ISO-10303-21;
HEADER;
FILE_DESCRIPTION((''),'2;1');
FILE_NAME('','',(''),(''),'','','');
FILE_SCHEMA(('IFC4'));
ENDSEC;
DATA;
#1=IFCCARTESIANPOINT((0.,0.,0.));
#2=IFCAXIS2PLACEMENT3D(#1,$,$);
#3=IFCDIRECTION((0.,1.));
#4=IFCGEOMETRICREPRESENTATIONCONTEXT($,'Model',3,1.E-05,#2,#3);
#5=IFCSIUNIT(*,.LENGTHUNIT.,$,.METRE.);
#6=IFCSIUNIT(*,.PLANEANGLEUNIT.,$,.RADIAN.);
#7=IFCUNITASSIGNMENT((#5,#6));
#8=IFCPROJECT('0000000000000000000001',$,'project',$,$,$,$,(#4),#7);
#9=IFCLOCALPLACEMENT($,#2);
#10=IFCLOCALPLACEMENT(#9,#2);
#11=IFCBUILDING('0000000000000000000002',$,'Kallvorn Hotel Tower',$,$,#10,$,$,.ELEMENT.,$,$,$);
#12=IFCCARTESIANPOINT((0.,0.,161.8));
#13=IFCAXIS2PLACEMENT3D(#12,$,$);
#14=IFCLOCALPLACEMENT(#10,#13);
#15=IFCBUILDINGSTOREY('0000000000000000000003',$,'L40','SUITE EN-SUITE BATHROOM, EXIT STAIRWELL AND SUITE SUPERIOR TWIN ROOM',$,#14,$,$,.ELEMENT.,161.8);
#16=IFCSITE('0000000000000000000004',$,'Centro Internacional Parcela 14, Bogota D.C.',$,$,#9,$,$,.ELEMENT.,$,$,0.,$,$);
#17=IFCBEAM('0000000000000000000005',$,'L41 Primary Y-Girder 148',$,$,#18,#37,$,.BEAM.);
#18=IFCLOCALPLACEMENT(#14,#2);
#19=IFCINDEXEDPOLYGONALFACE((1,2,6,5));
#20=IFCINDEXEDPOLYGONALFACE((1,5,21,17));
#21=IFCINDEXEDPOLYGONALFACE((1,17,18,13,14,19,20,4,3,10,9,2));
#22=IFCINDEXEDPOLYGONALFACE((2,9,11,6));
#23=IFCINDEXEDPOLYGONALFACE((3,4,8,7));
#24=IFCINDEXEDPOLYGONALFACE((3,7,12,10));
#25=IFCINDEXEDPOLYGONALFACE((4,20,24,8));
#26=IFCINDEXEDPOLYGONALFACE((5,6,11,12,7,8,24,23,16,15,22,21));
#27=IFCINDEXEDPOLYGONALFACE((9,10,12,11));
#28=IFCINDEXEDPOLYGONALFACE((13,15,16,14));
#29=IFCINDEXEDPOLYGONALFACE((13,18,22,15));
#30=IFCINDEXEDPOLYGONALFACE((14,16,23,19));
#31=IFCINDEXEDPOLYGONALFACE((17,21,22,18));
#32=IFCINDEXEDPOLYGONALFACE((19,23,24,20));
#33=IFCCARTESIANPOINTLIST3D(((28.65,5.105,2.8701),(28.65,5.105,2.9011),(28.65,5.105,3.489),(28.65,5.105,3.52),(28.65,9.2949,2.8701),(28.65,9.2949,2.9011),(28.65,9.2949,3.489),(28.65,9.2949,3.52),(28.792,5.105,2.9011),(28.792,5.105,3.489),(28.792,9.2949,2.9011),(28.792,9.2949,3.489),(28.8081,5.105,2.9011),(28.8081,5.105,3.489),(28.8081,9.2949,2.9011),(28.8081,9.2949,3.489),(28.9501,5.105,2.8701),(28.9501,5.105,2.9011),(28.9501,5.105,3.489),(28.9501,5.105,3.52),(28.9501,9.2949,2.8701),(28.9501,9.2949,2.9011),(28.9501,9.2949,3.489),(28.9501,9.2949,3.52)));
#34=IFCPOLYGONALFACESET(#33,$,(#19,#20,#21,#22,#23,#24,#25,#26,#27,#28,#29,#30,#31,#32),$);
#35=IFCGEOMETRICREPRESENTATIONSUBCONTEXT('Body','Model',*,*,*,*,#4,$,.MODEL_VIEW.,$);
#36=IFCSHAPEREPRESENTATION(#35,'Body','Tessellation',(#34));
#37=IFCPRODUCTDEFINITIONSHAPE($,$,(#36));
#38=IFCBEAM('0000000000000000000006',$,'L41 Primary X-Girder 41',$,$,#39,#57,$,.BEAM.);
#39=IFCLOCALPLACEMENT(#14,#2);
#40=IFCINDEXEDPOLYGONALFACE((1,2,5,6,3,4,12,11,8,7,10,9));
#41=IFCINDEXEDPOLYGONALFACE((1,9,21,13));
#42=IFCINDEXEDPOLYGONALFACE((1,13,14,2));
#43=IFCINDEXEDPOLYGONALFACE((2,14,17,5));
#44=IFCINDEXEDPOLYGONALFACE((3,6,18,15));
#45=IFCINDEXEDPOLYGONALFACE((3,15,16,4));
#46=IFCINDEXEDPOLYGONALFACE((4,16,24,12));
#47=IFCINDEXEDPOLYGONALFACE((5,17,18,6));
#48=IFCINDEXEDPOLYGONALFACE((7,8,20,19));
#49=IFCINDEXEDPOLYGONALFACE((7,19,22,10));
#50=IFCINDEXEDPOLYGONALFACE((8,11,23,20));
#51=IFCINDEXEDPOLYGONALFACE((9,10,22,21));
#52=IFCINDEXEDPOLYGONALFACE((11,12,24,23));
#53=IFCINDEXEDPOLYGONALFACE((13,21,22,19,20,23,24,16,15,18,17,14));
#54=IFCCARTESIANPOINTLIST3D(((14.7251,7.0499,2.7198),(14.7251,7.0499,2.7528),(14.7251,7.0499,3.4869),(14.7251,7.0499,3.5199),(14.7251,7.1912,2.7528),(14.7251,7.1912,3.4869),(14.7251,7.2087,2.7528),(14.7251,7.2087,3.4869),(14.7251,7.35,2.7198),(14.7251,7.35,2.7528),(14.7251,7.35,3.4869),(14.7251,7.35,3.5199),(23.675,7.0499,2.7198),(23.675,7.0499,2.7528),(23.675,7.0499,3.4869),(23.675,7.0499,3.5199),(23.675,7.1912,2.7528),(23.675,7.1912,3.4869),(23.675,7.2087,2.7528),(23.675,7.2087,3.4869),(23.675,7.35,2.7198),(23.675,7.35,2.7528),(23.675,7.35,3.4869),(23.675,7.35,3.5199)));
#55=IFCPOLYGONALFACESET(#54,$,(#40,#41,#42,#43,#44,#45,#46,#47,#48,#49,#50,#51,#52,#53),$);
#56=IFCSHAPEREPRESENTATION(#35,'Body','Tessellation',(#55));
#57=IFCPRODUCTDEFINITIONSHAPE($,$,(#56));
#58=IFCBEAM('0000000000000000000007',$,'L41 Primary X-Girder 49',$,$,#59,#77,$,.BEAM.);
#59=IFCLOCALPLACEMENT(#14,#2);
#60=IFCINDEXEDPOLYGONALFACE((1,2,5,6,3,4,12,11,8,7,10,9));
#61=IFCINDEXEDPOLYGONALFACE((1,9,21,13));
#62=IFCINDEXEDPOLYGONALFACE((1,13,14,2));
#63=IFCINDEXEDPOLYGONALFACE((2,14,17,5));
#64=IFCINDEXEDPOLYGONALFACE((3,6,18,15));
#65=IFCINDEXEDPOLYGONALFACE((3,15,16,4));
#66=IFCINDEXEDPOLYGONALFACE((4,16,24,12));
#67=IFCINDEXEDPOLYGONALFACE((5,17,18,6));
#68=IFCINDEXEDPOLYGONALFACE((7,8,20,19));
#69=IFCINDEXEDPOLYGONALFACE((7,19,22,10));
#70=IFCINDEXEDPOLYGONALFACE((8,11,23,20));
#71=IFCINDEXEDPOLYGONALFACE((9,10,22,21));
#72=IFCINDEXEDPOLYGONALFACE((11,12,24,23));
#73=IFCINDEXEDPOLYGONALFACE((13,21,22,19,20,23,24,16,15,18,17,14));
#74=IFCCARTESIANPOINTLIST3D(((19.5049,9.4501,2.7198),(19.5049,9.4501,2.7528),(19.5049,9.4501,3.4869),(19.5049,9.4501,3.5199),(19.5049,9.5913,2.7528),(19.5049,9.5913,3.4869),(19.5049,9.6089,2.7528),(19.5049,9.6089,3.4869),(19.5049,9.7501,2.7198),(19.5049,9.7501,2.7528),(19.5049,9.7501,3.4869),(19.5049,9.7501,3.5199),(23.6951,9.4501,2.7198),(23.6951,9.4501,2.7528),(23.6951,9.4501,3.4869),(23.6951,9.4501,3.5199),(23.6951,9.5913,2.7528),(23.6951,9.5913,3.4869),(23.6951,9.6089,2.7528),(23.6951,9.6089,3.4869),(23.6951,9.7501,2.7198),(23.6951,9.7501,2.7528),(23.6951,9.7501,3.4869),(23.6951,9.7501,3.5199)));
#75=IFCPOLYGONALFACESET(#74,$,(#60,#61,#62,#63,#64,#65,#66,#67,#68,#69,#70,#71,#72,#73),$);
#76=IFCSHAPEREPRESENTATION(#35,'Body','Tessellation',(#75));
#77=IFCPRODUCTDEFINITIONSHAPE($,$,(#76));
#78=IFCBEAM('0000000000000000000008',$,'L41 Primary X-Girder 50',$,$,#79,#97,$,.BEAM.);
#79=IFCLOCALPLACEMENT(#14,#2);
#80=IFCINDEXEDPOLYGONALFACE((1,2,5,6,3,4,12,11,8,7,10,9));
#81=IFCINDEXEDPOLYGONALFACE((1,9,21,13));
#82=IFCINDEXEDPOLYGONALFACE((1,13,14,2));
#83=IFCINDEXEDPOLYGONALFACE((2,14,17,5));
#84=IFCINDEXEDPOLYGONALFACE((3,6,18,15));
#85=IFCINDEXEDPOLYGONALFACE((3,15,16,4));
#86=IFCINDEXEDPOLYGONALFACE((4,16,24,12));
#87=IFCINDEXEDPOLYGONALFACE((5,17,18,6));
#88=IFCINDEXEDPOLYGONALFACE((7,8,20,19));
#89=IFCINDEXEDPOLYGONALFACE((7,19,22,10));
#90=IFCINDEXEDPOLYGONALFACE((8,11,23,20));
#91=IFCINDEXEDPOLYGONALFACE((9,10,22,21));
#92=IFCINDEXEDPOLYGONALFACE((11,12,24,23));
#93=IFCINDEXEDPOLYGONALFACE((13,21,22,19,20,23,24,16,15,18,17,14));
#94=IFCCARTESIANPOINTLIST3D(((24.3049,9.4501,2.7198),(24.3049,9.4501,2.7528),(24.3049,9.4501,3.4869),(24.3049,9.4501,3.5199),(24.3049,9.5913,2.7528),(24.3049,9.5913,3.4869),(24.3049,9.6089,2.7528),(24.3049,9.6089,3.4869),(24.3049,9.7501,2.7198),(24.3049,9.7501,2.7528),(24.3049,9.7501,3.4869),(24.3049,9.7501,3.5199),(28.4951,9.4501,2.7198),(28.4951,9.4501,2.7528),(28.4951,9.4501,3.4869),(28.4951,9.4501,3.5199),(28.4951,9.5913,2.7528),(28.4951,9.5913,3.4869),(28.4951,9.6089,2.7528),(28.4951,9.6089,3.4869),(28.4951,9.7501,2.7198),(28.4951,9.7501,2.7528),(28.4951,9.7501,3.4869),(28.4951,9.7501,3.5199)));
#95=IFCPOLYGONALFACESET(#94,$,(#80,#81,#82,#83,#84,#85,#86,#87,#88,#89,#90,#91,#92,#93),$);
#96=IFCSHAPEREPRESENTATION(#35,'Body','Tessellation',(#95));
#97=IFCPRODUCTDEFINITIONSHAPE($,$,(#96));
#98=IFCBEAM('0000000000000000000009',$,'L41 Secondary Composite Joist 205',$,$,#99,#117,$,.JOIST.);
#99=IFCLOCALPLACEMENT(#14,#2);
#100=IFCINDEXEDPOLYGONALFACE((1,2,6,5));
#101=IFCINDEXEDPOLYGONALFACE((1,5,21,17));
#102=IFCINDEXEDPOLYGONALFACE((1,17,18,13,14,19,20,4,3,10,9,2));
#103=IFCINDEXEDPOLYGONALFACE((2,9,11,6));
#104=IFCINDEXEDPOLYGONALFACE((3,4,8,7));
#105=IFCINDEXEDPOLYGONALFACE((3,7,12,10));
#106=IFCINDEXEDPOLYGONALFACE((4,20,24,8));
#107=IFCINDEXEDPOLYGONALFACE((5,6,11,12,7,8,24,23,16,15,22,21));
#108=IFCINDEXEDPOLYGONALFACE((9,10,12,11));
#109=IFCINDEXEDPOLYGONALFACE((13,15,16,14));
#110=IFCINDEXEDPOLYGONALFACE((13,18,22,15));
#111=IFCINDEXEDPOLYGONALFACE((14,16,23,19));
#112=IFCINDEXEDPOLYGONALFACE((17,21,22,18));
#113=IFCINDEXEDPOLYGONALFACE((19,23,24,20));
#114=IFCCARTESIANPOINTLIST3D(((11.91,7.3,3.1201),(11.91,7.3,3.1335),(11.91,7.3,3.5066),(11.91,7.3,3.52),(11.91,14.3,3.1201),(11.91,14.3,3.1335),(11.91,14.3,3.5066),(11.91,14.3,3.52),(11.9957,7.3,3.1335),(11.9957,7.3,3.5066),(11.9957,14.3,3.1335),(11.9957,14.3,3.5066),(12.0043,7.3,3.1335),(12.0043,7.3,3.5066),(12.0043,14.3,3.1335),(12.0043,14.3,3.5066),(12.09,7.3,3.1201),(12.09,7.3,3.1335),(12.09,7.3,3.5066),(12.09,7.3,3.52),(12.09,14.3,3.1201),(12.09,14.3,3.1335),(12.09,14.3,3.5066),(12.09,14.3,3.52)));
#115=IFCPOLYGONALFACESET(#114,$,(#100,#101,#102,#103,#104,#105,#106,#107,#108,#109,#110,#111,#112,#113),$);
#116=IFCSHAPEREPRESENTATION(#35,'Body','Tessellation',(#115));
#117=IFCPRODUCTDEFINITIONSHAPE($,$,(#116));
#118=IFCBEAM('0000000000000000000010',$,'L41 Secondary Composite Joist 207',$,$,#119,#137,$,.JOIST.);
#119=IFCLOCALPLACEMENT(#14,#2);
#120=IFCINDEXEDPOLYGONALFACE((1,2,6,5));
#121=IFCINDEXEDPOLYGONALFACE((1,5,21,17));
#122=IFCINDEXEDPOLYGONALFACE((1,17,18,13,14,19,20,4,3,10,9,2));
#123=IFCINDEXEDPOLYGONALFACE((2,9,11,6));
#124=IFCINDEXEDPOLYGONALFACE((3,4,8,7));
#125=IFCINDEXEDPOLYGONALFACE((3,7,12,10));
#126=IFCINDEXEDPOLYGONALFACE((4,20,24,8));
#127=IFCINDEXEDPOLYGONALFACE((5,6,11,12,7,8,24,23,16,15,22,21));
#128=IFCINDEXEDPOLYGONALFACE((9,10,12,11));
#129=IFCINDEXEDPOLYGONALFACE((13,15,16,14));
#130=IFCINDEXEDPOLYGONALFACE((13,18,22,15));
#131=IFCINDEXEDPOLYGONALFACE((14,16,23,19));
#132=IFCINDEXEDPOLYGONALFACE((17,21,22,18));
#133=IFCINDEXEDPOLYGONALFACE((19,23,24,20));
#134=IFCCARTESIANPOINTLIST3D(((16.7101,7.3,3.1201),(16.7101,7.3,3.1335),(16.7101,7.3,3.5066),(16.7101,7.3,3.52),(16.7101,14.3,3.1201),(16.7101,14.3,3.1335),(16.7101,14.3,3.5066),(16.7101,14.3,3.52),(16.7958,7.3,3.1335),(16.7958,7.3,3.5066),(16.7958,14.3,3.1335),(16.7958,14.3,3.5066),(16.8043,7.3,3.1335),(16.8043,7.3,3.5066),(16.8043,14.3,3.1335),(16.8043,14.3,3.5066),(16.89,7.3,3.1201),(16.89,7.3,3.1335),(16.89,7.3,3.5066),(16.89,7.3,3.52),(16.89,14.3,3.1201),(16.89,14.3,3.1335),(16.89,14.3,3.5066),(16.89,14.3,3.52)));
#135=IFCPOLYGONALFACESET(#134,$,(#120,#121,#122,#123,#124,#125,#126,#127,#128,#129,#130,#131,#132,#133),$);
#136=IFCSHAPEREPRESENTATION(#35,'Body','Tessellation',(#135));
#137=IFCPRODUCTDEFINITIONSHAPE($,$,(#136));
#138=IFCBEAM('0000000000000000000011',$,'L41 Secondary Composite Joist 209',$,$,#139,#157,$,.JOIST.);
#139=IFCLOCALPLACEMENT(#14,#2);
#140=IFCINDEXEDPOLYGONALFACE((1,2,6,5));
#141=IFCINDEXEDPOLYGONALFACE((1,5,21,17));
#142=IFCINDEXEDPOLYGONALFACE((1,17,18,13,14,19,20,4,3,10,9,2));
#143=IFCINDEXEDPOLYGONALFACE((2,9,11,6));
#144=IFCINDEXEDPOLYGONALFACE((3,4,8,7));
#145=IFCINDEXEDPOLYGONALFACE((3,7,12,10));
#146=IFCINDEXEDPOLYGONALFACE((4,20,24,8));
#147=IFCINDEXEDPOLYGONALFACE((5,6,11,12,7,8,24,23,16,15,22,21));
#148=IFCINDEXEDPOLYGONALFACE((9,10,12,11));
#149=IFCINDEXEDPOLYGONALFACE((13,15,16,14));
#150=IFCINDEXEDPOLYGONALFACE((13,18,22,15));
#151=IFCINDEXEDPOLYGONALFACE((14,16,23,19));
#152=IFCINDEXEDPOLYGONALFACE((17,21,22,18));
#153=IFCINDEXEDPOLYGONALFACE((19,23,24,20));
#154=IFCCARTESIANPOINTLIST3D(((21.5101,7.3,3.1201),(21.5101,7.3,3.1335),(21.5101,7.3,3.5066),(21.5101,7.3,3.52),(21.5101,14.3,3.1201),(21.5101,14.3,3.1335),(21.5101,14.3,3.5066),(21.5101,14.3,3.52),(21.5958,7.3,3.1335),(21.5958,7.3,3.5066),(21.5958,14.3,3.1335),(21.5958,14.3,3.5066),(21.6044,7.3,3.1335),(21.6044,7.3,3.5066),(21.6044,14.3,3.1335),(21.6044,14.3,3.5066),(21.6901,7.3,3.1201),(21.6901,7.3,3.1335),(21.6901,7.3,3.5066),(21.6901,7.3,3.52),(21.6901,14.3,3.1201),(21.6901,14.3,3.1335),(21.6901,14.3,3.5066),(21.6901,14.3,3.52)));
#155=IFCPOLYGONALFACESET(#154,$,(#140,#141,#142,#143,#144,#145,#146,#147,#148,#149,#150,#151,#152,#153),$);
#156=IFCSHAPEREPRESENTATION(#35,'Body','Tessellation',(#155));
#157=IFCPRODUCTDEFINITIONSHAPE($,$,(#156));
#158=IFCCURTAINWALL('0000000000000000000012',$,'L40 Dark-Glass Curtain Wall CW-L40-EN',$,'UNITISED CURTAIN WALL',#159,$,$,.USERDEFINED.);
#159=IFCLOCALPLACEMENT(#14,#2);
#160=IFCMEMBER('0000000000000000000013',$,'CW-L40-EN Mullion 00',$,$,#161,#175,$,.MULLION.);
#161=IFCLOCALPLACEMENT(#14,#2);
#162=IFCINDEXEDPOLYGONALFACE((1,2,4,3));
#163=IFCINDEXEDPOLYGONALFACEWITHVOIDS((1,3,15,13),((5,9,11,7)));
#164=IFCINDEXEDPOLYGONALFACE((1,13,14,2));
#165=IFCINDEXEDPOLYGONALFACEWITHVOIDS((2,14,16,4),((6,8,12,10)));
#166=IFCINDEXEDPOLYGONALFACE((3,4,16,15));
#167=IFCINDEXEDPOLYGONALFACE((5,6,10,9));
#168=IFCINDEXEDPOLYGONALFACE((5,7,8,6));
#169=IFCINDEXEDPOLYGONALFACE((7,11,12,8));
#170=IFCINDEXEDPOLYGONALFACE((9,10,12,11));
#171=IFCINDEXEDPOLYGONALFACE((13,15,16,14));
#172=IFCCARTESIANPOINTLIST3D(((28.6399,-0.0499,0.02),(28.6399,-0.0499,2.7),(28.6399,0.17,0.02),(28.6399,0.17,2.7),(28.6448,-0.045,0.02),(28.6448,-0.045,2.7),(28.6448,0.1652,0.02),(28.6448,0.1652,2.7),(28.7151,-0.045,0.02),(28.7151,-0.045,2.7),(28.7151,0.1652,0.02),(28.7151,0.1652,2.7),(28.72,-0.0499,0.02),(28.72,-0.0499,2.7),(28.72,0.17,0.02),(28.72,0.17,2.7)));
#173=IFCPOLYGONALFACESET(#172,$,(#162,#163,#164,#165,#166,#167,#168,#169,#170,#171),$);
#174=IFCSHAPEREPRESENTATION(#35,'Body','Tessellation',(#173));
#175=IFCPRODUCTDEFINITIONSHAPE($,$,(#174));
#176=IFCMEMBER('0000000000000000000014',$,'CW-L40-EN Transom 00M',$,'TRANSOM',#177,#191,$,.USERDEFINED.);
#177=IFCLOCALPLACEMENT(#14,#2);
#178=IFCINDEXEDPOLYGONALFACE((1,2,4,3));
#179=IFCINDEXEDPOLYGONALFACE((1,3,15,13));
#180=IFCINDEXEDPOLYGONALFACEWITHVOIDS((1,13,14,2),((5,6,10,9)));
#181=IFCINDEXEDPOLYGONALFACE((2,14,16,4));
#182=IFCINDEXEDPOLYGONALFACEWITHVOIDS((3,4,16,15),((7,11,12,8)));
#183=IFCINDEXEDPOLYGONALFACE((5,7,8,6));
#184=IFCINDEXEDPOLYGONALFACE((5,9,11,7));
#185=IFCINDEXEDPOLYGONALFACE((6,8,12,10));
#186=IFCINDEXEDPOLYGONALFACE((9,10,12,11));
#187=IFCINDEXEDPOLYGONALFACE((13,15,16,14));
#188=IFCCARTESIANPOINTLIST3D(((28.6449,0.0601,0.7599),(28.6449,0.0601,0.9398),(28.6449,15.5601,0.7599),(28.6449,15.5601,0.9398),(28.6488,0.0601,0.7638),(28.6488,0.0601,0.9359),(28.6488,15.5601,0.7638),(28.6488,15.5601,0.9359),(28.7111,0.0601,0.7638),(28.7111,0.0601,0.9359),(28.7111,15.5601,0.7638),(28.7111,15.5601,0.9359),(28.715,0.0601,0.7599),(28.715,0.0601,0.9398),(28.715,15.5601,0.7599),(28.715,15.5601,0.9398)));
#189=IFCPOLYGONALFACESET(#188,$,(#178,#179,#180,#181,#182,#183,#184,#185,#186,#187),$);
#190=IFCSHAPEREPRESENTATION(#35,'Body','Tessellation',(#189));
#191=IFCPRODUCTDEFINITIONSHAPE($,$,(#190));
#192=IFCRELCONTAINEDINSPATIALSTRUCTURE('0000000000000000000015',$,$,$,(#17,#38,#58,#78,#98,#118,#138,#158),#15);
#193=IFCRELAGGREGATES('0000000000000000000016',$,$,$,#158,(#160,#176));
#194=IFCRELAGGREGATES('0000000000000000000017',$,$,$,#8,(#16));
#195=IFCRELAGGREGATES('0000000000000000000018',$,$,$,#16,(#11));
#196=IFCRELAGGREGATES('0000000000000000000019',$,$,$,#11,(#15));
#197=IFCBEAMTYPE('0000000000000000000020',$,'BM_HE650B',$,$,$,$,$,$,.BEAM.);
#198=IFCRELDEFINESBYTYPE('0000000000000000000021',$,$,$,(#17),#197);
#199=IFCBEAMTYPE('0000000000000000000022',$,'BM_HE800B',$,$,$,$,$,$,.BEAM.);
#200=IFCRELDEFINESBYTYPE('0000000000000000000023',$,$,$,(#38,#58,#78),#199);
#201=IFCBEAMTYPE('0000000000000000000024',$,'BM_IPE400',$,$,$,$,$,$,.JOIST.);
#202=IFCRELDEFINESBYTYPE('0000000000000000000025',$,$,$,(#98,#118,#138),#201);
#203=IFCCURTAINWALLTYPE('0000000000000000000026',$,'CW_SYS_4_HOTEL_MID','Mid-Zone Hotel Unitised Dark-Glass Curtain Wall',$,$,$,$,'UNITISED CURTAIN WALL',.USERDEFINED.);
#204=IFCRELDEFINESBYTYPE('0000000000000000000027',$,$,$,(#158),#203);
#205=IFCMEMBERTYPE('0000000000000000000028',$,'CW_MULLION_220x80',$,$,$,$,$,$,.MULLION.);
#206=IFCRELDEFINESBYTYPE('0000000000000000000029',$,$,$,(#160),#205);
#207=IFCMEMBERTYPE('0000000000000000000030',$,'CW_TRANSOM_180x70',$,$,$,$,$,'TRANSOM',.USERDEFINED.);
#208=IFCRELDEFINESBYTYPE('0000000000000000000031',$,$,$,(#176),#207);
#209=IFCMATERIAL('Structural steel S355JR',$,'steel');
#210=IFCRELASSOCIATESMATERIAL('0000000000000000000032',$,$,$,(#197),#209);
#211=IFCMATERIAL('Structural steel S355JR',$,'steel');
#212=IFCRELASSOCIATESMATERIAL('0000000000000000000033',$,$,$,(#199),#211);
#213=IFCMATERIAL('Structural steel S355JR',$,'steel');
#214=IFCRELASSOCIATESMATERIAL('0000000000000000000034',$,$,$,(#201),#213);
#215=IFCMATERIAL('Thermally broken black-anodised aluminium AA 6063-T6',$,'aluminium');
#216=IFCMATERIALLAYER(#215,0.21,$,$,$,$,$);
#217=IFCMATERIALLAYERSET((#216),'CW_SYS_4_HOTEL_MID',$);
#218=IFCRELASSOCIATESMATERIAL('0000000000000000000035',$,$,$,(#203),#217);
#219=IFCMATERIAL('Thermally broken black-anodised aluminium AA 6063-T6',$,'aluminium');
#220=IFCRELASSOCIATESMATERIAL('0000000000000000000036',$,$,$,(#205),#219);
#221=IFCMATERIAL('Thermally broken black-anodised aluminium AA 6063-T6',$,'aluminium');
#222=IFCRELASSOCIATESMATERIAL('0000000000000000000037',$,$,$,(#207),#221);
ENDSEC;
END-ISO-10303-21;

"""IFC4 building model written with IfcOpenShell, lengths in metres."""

from ifc_helpers import new_model, si_unit, direction, frame, origin, origin_2d, place, context, subcontext, project, spatial, hollow_rectangle, i_section, extrude, material, layer, layer_set, material_profile, profile_set, type_object, element, aggregate, save


model = new_model("IFC4")

# Units and contexts
model_context = context("Model", 3, precision=1e-05, world=origin(), true_north=direction((0.0, 1.0)))
body_context = subcontext(model_context, "Body", "Model", "MODEL_VIEW")
ifc_project = project(units=[si_unit("LENGTHUNIT", "METRE"), si_unit("PLANEANGLEUNIT", "RADIAN")], contexts=[model_context])

# Site, building, storey
site_placement = place(None, origin())
site = spatial("IfcSite", under=ifc_project, at=site_placement, Name="Centro Internacional Parcela 14, Bogota D.C.", CompositionType="ELEMENT", RefElevation=0.0)
building_placement = place(site_placement, origin())
building = spatial("IfcBuilding", under=site, at=building_placement, Name="Kallvorn Hotel Tower", CompositionType="ELEMENT")
storey_placement = place(building_placement, frame((0.0, 0.0, 161.8)))
storey = spatial("IfcBuildingStorey", under=building, at=storey_placement, Name="L40", Description="SUITE EN-SUITE BATHROOM, EXIT STAIRWELL AND SUITE SUPERIOR TWIN ROOM", CompositionType="ELEMENT", Elevation=161.8)

# Beams
ifc_material_1 = material(Name="Structural steel S355JR", Category="steel")
ifc_material_profile_1 = material_profile(ifc_material_1, i_section(OverallWidth=0.3, OverallDepth=0.6499, WebThickness=0.0161, FlangeThickness=0.031, at=origin_2d()), Name="HE 650 B")
ifc_profile_set_1 = profile_set([ifc_material_profile_1], Name="Structural steel S355JR")
beam_type_1 = type_object("IfcBeamType", Name="BM_HE650B", PredefinedType="BEAM", material=ifc_profile_set_1)
beam_1_placement = place(storey_placement, frame((28.8, 5.105, 3.1951), z_axis=(0.0, 1.0, 0.0), x_axis=(-1.0, 0.0, 0.0)))
element("IfcBeam", 1, at=beam_1_placement, inside=storey, type_object=beam_type_1, Name="L41 Primary Y-Girder 148", PredefinedType="BEAM", context=body_context, shape_type="SweptSolid", body=[
    extrude(i_section(OverallWidth=0.3, OverallDepth=0.6499, WebThickness=0.0161, FlangeThickness=0.031, at=origin_2d()), origin(), (0.0, 0.0, 1.0), 4.1899),
])
ifc_material_2 = material(Name="Structural steel S355JR", Category="steel")
ifc_material_profile_2 = material_profile(ifc_material_2, i_section(OverallWidth=0.3, OverallDepth=0.8, WebThickness=0.0176, FlangeThickness=0.033, at=origin_2d()), Name="HE 800 B")
ifc_profile_set_2 = profile_set([ifc_material_profile_2], Name="Structural steel S355JR")
beam_type_2 = type_object("IfcBeamType", Name="BM_HE800B", PredefinedType="BEAM", material=ifc_profile_set_2)
beam_2_placement = place(storey_placement, frame((14.7251, 7.2, 3.1199), z_axis=(1.0, 0.0, 0.0), x_axis=(0.0, 1.0, 0.0)))
element("IfcBeam", 2, at=beam_2_placement, inside=storey, type_object=beam_type_2, Name="L41 Primary X-Girder 41", PredefinedType="BEAM", context=body_context, shape_type="SweptSolid", body=[
    extrude(i_section(OverallWidth=0.3, OverallDepth=0.8, WebThickness=0.0176, FlangeThickness=0.033, at=origin_2d()), origin(), (0.0, 0.0, 1.0), 8.95),
])
for number, where, z_axis, x_axis, name in (
    (3, (19.5049, 9.6001, 3.1199), (1.0, 0.0, 0.0), (0.0, 1.0, 0.0), "L41 Primary X-Girder 49"),
    (4, (24.3049, 9.6001, 3.1199), (1.0, 0.0, 0.0), (0.0, 1.0, 0.0), "L41 Primary X-Girder 50"),
):
    element("IfcBeam", number, at=place(storey_placement, frame(where, z_axis=z_axis, x_axis=x_axis)), inside=storey, type_object=beam_type_2, Name=name, PredefinedType="BEAM", context=body_context, shape_type="SweptSolid", body=[
        extrude(i_section(OverallWidth=0.3, OverallDepth=0.8, WebThickness=0.0176, FlangeThickness=0.033, at=origin_2d()), origin(), (0.0, 0.0, 1.0), 4.1902),
    ])
ifc_material_3 = material(Name="Structural steel S355JR", Category="steel")
ifc_material_profile_3 = material_profile(ifc_material_3, i_section(OverallWidth=0.1799, OverallDepth=0.3999, WebThickness=0.0085, FlangeThickness=0.0134, at=origin_2d()), Name="IPE 400")
ifc_profile_set_3 = profile_set([ifc_material_profile_3], Name="Structural steel S355JR")
beam_type_3 = type_object("IfcBeamType", Name="BM_IPE400", PredefinedType="JOIST", material=ifc_profile_set_3)
for number, where, z_axis, x_axis, name in (
    (5, (12.0, 7.3, 3.3201), (0.0, 1.0, 0.0), (-1.0, 0.0, 0.0), "L41 Secondary Composite Joist 205"),
    (6, (16.8, 7.3, 3.3201), (0.0, 1.0, 0.0), (-1.0, 0.0, 0.0), "L41 Secondary Composite Joist 207"),
    (7, (21.6001, 7.3, 3.3201), (0.0, 1.0, 0.0), (-1.0, 0.0, 0.0), "L41 Secondary Composite Joist 209"),
):
    element("IfcBeam", number, at=place(storey_placement, frame(where, z_axis=z_axis, x_axis=x_axis)), inside=storey, type_object=beam_type_3, Name=name, PredefinedType="JOIST", context=body_context, shape_type="SweptSolid", body=[
        extrude(i_section(OverallWidth=0.1799, OverallDepth=0.3999, WebThickness=0.0085, FlangeThickness=0.0134, at=origin_2d()), origin(), (0.0, 0.0, 1.0), 7.0),
    ])

# Curtain wall, members
ifc_material_4 = material(Name="Thermally broken black-anodised aluminium AA 6063-T6", Category="aluminium")
ifc_layer_1 = layer(ifc_material_4, 0.21)
ifc_layer_set_1 = layer_set([ifc_layer_1], Name="CW_SYS_4_HOTEL_MID")
curtain_wall_type = type_object("IfcCurtainWallType", Name="CW_SYS_4_HOTEL_MID", Description="Mid-Zone Hotel Unitised Dark-Glass Curtain Wall", ElementType="UNITISED CURTAIN WALL", PredefinedType="USERDEFINED", material=ifc_layer_set_1)
curtain_wall_placement = place(storey_placement, origin())
curtain_wall = element("IfcCurtainWall", 8, at=curtain_wall_placement, inside=storey, type_object=curtain_wall_type, Name="L40 Dark-Glass Curtain Wall CW-L40-EN", ObjectType="UNITISED CURTAIN WALL", PredefinedType="USERDEFINED")
ifc_material_5 = material(Name="Thermally broken black-anodised aluminium AA 6063-T6", Category="aluminium")
ifc_material_profile_4 = material_profile(ifc_material_5, hollow_rectangle(XDim=0.0801, YDim=0.22, WallThickness=0.0049, at=origin_2d()), Name="MUL 220x80")
ifc_profile_set_4 = profile_set([ifc_material_profile_4], Name="Thermally broken black-anodised aluminium AA 6063-T6")
member_type_1 = type_object("IfcMemberType", Name="CW_MULLION_220x80", PredefinedType="MULLION", material=ifc_profile_set_4)
member_1_placement = place(storey_placement, frame((28.6799, 0.0601, 0.02), z_axis=(0.0, 0.0, 1.0), x_axis=(1.0, 0.0, 0.0)))
member_1 = element("IfcMember", 9, at=member_1_placement, type_object=member_type_1, Name="CW-L40-EN Mullion 00", PredefinedType="MULLION", context=body_context, shape_type="SweptSolid", body=[
    extrude(hollow_rectangle(XDim=0.0801, YDim=0.22, WallThickness=0.0049, at=origin_2d()), origin(), (0.0, 0.0, 1.0), 2.6799),
])
ifc_material_6 = material(Name="Thermally broken black-anodised aluminium AA 6063-T6", Category="aluminium")
ifc_material_profile_5 = material_profile(ifc_material_6, hollow_rectangle(XDim=0.0701, YDim=0.1799, WallThickness=0.0039, at=origin_2d()), Name="TRN 180x70")
ifc_profile_set_5 = profile_set([ifc_material_profile_5], Name="Thermally broken black-anodised aluminium AA 6063-T6")
member_type_2 = type_object("IfcMemberType", Name="CW_TRANSOM_180x70", ElementType="TRANSOM", PredefinedType="USERDEFINED", material=ifc_profile_set_5)
member_2_placement = place(storey_placement, frame((28.6799, 0.0601, 0.8499), z_axis=(0.0, 1.0, 0.0), x_axis=(-1.0, 0.0, 0.0)))
member_2 = element("IfcMember", 10, at=member_2_placement, type_object=member_type_2, Name="CW-L40-EN Transom 00M", ObjectType="TRANSOM", PredefinedType="USERDEFINED", context=body_context, shape_type="SweptSolid", body=[
    extrude(hollow_rectangle(XDim=0.0701, YDim=0.1799, WallThickness=0.0039, at=origin_2d()), origin(), (0.0, 0.0, 1.0), 15.5),
])
aggregate(curtain_wall, [member_1, member_2])

save(model, "model.ifc")
